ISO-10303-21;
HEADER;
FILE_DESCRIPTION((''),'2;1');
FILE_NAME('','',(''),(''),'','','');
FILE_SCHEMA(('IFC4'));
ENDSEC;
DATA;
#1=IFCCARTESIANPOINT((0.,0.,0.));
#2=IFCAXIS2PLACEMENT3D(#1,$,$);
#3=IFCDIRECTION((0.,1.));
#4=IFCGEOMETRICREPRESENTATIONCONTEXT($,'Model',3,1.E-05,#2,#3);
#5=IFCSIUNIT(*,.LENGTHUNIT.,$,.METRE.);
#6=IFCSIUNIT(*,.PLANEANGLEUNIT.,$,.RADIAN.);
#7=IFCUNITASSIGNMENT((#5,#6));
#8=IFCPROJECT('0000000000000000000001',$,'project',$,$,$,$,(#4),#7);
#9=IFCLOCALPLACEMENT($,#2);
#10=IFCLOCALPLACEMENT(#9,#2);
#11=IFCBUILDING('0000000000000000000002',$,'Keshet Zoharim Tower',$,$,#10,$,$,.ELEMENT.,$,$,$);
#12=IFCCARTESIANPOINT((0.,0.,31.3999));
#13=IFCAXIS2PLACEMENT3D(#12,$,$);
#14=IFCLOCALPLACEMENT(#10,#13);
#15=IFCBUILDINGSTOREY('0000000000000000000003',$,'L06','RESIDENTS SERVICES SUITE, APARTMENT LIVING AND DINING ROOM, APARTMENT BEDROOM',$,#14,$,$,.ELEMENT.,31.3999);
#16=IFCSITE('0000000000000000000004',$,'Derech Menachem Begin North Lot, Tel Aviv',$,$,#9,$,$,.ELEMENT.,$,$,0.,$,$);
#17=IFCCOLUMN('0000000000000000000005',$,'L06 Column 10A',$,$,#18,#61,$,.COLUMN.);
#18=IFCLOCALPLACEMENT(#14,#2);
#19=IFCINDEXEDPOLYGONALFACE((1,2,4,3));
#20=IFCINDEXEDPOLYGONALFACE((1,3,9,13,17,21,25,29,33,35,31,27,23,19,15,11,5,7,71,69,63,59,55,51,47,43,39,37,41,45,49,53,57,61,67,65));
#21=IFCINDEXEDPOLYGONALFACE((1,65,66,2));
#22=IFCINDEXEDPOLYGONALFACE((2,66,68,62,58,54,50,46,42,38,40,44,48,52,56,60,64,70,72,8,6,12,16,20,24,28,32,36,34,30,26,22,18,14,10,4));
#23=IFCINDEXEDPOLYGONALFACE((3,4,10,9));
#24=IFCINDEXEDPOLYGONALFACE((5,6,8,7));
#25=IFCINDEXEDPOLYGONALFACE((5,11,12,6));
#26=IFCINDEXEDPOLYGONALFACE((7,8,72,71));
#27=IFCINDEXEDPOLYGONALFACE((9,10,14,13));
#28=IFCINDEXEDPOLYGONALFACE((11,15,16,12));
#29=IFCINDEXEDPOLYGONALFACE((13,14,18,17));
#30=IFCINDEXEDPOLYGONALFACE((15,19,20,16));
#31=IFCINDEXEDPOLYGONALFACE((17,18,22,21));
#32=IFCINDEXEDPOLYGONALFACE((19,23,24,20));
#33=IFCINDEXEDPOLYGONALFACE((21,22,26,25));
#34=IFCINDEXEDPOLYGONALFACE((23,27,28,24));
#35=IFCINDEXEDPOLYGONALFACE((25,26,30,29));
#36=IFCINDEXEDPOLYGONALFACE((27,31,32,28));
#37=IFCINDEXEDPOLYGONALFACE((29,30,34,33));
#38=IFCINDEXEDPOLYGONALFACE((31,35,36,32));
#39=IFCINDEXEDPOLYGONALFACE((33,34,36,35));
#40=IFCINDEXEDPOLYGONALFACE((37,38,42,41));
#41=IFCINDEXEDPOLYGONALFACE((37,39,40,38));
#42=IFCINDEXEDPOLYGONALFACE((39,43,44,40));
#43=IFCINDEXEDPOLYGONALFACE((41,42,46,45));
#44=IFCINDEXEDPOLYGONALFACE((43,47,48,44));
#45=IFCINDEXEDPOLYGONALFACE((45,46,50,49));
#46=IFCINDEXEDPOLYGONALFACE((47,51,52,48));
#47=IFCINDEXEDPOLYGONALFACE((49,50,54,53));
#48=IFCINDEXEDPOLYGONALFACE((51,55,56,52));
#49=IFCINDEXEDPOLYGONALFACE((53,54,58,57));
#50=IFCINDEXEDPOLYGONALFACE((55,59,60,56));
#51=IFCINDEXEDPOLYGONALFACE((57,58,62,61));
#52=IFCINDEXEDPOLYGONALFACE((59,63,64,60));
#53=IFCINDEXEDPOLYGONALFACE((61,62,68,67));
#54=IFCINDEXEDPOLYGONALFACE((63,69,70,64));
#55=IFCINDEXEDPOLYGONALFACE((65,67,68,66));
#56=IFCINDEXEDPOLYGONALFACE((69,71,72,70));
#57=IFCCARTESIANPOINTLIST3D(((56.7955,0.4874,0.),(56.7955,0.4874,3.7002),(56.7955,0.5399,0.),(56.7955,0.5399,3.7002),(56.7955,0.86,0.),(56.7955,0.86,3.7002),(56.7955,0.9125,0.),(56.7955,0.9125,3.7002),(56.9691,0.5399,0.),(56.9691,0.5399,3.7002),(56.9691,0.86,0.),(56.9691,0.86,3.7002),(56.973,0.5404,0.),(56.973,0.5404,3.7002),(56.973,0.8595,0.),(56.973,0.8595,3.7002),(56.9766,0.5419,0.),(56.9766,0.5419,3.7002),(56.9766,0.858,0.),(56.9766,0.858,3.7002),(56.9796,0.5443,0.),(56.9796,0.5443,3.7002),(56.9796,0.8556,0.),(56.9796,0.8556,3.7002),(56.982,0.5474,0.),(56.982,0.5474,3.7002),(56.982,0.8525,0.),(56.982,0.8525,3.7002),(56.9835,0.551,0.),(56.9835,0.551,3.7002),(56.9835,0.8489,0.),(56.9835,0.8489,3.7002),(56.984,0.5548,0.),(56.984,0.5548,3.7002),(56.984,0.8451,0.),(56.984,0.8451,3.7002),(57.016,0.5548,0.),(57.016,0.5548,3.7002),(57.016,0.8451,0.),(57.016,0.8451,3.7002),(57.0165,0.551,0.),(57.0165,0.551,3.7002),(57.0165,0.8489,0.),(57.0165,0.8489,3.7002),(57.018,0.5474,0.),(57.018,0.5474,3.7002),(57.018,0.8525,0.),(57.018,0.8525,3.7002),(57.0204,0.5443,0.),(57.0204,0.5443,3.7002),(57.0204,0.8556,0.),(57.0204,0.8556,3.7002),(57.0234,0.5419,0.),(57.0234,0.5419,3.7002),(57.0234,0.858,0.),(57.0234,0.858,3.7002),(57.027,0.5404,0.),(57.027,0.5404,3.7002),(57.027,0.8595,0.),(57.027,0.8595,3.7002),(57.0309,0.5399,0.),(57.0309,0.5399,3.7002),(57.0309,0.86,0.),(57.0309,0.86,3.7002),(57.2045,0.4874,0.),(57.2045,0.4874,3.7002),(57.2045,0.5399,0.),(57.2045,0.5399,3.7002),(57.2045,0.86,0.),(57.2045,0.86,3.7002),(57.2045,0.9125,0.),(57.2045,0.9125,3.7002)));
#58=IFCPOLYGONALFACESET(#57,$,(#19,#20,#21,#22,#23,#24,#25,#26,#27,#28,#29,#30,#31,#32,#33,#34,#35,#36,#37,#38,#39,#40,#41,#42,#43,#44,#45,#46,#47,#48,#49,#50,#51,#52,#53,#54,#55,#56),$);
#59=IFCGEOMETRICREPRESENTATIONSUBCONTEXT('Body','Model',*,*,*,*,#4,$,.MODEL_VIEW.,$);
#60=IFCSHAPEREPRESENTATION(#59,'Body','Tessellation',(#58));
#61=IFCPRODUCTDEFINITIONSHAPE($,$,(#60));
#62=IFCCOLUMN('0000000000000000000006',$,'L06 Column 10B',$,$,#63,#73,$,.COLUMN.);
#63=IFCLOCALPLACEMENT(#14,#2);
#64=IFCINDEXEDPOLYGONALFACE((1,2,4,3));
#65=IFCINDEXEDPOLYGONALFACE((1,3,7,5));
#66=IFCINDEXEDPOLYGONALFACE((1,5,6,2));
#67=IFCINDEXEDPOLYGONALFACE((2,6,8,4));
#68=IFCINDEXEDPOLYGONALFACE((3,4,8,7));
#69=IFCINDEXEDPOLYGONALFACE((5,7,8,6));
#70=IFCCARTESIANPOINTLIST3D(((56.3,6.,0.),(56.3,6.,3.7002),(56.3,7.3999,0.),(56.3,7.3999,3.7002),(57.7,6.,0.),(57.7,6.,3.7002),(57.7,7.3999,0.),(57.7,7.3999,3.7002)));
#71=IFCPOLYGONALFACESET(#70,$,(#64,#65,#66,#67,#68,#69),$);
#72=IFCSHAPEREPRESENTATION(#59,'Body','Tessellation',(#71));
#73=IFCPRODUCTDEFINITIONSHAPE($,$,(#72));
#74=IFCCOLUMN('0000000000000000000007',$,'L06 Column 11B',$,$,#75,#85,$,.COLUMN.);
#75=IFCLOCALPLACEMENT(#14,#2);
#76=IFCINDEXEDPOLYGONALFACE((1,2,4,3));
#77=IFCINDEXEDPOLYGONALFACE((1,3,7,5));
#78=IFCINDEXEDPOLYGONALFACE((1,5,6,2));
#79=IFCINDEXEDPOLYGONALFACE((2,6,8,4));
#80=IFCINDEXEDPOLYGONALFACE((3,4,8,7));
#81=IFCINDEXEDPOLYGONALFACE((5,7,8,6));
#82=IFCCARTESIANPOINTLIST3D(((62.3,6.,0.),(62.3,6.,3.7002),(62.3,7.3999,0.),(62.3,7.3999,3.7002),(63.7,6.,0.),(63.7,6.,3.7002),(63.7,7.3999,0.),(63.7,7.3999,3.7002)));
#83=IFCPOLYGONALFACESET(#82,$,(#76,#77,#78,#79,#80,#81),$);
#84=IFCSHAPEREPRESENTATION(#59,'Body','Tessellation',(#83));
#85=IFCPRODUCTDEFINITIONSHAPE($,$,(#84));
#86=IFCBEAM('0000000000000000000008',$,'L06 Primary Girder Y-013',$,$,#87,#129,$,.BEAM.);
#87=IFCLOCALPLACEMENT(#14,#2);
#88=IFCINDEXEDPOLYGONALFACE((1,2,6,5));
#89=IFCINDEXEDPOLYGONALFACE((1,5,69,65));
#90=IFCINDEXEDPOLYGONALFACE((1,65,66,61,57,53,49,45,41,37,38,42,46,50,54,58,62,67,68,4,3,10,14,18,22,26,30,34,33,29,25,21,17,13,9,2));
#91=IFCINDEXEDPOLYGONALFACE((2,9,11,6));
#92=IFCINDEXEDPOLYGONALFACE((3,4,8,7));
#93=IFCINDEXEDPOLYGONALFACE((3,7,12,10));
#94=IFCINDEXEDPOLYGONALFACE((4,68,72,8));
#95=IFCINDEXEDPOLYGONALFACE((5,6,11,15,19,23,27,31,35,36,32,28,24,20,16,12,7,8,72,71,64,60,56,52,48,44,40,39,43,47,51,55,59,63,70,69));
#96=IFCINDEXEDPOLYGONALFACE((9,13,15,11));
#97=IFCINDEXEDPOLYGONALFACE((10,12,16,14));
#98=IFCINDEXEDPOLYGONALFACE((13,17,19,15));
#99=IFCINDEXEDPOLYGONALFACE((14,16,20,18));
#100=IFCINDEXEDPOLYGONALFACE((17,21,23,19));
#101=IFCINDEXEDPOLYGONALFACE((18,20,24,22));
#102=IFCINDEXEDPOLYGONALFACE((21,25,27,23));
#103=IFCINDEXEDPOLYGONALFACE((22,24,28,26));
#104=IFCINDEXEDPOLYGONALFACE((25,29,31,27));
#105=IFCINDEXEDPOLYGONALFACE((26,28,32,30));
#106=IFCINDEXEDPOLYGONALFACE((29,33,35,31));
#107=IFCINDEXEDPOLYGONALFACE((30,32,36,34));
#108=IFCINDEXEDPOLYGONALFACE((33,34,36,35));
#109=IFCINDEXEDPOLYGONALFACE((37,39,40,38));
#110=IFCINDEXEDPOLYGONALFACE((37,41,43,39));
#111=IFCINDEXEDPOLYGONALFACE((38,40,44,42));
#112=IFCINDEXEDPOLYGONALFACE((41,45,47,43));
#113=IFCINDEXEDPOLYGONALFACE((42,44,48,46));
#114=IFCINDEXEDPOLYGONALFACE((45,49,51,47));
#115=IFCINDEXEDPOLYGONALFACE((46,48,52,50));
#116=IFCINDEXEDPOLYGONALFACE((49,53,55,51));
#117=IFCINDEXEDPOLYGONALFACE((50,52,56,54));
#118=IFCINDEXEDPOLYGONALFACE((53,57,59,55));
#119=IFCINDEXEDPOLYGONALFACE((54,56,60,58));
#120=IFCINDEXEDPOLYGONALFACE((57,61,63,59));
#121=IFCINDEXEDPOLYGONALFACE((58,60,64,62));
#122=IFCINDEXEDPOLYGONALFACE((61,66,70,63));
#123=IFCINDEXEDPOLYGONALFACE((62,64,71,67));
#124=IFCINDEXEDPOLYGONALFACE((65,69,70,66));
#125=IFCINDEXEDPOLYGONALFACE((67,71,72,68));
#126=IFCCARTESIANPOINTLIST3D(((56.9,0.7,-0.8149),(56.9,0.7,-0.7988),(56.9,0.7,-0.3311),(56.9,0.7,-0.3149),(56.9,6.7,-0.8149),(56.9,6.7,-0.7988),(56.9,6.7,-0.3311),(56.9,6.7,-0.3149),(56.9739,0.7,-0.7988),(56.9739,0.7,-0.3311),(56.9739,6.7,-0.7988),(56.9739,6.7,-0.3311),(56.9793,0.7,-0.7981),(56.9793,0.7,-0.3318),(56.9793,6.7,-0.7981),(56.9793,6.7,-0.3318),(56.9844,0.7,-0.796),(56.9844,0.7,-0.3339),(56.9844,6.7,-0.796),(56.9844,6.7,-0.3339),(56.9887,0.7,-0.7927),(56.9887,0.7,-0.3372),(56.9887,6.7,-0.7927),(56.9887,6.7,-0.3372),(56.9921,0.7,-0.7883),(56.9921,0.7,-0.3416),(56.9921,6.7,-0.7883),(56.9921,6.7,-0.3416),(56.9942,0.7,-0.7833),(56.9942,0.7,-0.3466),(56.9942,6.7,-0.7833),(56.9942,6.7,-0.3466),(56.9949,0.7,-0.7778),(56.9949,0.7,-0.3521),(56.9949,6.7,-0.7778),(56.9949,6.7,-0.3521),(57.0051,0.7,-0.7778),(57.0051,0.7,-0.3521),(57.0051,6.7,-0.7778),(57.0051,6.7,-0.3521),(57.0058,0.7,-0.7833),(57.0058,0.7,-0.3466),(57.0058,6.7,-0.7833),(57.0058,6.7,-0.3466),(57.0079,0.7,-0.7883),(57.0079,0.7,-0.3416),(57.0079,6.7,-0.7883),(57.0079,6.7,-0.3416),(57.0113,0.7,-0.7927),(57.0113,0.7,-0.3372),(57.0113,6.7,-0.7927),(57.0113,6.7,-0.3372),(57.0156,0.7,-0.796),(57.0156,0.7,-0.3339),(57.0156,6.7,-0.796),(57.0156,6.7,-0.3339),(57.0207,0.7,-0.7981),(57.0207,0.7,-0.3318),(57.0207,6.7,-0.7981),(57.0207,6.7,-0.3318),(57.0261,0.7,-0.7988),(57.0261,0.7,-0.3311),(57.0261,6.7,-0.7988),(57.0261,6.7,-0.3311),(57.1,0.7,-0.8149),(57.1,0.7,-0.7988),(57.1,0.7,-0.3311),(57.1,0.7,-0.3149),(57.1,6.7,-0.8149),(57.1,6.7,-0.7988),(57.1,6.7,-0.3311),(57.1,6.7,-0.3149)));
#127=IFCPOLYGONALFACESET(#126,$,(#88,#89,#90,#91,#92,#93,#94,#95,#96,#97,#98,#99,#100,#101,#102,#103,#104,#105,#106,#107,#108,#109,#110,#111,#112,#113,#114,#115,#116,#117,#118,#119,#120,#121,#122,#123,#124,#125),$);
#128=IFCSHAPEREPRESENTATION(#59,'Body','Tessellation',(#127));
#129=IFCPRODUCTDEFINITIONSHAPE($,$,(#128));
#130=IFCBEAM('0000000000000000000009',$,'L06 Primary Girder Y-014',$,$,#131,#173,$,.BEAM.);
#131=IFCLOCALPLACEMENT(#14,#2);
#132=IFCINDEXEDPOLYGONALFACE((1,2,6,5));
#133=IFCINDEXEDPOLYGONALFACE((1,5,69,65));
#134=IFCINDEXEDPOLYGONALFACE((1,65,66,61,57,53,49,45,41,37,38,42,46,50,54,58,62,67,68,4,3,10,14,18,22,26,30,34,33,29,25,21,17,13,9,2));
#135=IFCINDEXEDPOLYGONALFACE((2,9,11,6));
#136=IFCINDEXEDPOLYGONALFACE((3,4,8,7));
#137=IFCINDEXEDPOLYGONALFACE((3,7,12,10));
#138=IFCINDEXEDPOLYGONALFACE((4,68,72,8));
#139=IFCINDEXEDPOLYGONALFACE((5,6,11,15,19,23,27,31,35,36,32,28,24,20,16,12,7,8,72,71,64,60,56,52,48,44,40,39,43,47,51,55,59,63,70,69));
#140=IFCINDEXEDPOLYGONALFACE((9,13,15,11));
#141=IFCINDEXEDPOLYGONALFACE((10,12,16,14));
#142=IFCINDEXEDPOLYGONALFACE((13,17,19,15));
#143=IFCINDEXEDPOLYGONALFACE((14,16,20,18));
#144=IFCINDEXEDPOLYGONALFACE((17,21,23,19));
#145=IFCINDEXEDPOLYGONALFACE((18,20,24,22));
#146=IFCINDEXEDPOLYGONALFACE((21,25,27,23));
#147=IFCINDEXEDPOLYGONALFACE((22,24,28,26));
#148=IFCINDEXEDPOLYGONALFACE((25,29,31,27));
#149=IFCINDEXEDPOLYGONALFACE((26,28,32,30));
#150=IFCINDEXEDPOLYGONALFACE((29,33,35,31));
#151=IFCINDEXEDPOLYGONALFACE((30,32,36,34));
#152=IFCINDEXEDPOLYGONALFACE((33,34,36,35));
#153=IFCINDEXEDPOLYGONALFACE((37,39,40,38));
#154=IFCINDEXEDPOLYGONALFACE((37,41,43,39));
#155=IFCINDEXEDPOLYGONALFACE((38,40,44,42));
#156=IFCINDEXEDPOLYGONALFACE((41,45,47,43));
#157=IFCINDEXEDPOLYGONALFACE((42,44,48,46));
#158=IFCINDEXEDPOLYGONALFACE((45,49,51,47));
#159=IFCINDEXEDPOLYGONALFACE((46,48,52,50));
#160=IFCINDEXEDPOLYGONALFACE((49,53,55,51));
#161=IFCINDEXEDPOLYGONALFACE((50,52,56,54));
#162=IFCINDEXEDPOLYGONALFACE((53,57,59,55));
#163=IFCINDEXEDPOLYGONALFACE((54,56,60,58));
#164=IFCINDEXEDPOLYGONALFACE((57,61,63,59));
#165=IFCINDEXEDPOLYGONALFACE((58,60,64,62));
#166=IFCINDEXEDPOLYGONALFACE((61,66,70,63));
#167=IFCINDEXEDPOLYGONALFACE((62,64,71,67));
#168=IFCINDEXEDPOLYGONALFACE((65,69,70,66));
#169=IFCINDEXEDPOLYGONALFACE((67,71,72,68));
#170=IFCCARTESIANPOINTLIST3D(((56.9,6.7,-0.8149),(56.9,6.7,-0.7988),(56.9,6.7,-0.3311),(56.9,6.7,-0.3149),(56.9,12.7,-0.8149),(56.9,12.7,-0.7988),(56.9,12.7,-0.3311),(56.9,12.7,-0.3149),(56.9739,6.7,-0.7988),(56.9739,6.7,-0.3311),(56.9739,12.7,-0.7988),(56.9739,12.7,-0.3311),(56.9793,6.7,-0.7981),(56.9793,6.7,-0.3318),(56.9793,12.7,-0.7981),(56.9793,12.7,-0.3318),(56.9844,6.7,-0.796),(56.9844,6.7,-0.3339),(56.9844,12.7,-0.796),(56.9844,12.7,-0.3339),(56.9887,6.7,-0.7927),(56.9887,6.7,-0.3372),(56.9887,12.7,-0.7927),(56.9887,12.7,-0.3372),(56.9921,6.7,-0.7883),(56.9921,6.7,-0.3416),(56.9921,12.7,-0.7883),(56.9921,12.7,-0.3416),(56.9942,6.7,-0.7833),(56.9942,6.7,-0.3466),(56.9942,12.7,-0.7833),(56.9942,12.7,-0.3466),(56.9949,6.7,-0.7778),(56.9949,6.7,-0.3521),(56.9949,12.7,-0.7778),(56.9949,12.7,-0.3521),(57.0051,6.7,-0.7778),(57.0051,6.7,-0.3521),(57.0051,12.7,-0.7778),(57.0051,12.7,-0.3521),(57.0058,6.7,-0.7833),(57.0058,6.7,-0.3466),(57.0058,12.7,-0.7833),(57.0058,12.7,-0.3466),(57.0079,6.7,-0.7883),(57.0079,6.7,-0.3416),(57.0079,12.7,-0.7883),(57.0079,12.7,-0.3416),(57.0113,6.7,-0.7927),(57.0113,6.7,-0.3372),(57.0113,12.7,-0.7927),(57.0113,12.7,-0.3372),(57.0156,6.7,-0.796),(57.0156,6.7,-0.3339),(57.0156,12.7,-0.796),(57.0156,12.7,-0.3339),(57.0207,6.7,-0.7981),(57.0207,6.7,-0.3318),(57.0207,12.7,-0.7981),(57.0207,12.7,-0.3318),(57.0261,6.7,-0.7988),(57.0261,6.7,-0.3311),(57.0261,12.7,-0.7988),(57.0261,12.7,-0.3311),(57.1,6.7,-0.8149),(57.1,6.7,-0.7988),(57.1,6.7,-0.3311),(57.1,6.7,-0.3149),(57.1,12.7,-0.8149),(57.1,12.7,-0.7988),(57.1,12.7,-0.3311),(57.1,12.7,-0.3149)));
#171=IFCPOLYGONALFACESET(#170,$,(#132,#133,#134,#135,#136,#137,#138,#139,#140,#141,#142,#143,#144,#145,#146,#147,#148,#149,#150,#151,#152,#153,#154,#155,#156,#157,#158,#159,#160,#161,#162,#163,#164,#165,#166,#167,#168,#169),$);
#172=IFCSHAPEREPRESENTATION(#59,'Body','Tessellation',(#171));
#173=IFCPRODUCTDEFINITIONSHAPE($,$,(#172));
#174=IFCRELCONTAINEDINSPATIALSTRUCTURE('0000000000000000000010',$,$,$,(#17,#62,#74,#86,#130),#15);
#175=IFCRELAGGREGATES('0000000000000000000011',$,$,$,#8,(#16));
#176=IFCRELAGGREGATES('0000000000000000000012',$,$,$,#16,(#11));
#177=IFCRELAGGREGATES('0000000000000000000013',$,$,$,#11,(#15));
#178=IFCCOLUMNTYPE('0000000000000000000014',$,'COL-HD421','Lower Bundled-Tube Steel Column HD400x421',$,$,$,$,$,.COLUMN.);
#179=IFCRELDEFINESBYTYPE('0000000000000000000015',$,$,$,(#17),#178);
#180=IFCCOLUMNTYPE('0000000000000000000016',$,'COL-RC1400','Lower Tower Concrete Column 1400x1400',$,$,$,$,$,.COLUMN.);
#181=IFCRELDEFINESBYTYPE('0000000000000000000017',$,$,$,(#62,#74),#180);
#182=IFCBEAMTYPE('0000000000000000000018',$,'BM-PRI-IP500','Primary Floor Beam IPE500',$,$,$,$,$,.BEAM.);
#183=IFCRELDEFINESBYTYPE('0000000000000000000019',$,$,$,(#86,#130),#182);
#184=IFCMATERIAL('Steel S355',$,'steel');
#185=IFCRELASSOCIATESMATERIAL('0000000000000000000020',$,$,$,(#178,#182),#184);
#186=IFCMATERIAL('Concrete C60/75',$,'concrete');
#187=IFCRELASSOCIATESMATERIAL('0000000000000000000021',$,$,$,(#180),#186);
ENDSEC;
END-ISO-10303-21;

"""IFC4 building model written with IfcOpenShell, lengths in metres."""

from ifc_helpers import new_model, si_unit, direction, frame, origin, origin_2d, place, context, subcontext, project, spatial, rectangle, i_section, extrude, material, material_profile, profile_set, type_object, element, save


model = new_model("IFC4")

# Units and contexts
model_context = context("Model", 3, precision=1e-05, world=origin(), true_north=direction((0.0, 1.0)))
body_context = subcontext(model_context, "Body", "Model", "MODEL_VIEW")
ifc_project = project(units=[si_unit("LENGTHUNIT", "METRE"), si_unit("PLANEANGLEUNIT", "RADIAN")], contexts=[model_context])

# Site, building, storey
site_placement = place(None, origin())
site = spatial("IfcSite", under=ifc_project, at=site_placement, Name="Derech Menachem Begin North Lot, Tel Aviv", CompositionType="ELEMENT", RefElevation=0.0)
building_placement = place(site_placement, origin())
building = spatial("IfcBuilding", under=site, at=building_placement, Name="Keshet Zoharim Tower", CompositionType="ELEMENT")
storey_placement = place(building_placement, frame((0.0, 0.0, 31.3999)))
storey = spatial("IfcBuildingStorey", under=building, at=storey_placement, Name="L06", Description="RESIDENTS SERVICES SUITE, APARTMENT LIVING AND DINING ROOM, APARTMENT BEDROOM", CompositionType="ELEMENT", Elevation=31.3999)

# Columns
ifc_material_1 = material(Name="Steel S355", Category="steel")
ifc_material_profile_1 = material_profile(ifc_material_1, i_section(OverallWidth=0.4089, OverallDepth=0.425, WebThickness=0.032, FlangeThickness=0.0525, FilletRadius=0.0149, at=origin_2d()), Name="HD400x421")
ifc_profile_set_1 = profile_set([ifc_material_profile_1], Name="Steel S355")
column_type_1 = type_object("IfcColumnType", Name="COL-HD421", Description="Lower Bundled-Tube Steel Column HD400x421", PredefinedType="COLUMN", material=ifc_profile_set_1)
column_placement = place(storey_placement, frame((57.0, 0.7, 0.0), z_axis=(0.0, 0.0, 1.0), x_axis=(1.0, 0.0, 0.0)))
element("IfcColumn", 1, at=column_placement, inside=storey, type_object=column_type_1, Name="L06 Column 10A", PredefinedType="COLUMN", context=body_context, shape_type="SweptSolid", body=[
    extrude(i_section(OverallWidth=0.4089, OverallDepth=0.425, WebThickness=0.032, FlangeThickness=0.0525, FilletRadius=0.0149, at=origin_2d()), origin(), (0.0, 0.0, 1.0), 3.7002),
])
ifc_material_2 = material(Name="Concrete C60/75", Category="concrete")
ifc_material_profile_2 = material_profile(ifc_material_2, rectangle(XDim=1.3999, YDim=1.3999, at=origin_2d()), Name="RC1400x1400")
ifc_profile_set_2 = profile_set([ifc_material_profile_2], Name="Concrete C60/75")
column_type_2 = type_object("IfcColumnType", Name="COL-RC1400", Description="Lower Tower Concrete Column 1400x1400", PredefinedType="COLUMN", material=ifc_profile_set_2)
for number, where, z_axis, x_axis, name in (
    (2, (57.0, 6.7, 0.0), (0.0, 0.0, 1.0), (1.0, 0.0, 0.0), "L06 Column 10B"),
    (3, (63.0, 6.7, 0.0), (0.0, 0.0, 1.0), (1.0, 0.0, 0.0), "L06 Column 11B"),
):
    element("IfcColumn", number, at=place(storey_placement, frame(where, z_axis=z_axis, x_axis=x_axis)), inside=storey, type_object=column_type_2, Name=name, PredefinedType="COLUMN", context=body_context, shape_type="SweptSolid", body=[
        extrude(rectangle(XDim=1.3999, YDim=1.3999, at=origin_2d()), origin(), (0.0, 0.0, 1.0), 3.7002),
    ])

# Beams
ifc_material_profile_3 = material_profile(ifc_material_1, i_section(OverallWidth=0.2, OverallDepth=0.5, WebThickness=0.0103, FlangeThickness=0.0161, FilletRadius=0.021, at=origin_2d()), Name="IPE500")
ifc_profile_set_3 = profile_set([ifc_material_profile_3], Name="Steel S355")
beam_type_1 = type_object("IfcBeamType", Name="BM-PRI-IP500", Description="Primary Floor Beam IPE500", PredefinedType="BEAM", material=ifc_profile_set_3)
for number, where, z_axis, x_axis, name in (
    (4, (57.0, 0.7, -0.5649), (0.0, 1.0, 0.0), (-1.0, 0.0, 0.0), "L06 Primary Girder Y-013"),
    (5, (57.0, 6.7, -0.5649), (0.0, 1.0, 0.0), (-1.0, 0.0, 0.0), "L06 Primary Girder Y-014"),
):
    element("IfcBeam", number, at=place(storey_placement, frame(where, z_axis=z_axis, x_axis=x_axis)), inside=storey, type_object=beam_type_1, Name=name, PredefinedType="BEAM", context=body_context, shape_type="SweptSolid", body=[
        extrude(i_section(OverallWidth=0.2, OverallDepth=0.5, WebThickness=0.0103, FlangeThickness=0.0161, FilletRadius=0.021, at=origin_2d()), origin(), (0.0, 0.0, 1.0), 6.0),
    ])

save(model, "model.ifc")
